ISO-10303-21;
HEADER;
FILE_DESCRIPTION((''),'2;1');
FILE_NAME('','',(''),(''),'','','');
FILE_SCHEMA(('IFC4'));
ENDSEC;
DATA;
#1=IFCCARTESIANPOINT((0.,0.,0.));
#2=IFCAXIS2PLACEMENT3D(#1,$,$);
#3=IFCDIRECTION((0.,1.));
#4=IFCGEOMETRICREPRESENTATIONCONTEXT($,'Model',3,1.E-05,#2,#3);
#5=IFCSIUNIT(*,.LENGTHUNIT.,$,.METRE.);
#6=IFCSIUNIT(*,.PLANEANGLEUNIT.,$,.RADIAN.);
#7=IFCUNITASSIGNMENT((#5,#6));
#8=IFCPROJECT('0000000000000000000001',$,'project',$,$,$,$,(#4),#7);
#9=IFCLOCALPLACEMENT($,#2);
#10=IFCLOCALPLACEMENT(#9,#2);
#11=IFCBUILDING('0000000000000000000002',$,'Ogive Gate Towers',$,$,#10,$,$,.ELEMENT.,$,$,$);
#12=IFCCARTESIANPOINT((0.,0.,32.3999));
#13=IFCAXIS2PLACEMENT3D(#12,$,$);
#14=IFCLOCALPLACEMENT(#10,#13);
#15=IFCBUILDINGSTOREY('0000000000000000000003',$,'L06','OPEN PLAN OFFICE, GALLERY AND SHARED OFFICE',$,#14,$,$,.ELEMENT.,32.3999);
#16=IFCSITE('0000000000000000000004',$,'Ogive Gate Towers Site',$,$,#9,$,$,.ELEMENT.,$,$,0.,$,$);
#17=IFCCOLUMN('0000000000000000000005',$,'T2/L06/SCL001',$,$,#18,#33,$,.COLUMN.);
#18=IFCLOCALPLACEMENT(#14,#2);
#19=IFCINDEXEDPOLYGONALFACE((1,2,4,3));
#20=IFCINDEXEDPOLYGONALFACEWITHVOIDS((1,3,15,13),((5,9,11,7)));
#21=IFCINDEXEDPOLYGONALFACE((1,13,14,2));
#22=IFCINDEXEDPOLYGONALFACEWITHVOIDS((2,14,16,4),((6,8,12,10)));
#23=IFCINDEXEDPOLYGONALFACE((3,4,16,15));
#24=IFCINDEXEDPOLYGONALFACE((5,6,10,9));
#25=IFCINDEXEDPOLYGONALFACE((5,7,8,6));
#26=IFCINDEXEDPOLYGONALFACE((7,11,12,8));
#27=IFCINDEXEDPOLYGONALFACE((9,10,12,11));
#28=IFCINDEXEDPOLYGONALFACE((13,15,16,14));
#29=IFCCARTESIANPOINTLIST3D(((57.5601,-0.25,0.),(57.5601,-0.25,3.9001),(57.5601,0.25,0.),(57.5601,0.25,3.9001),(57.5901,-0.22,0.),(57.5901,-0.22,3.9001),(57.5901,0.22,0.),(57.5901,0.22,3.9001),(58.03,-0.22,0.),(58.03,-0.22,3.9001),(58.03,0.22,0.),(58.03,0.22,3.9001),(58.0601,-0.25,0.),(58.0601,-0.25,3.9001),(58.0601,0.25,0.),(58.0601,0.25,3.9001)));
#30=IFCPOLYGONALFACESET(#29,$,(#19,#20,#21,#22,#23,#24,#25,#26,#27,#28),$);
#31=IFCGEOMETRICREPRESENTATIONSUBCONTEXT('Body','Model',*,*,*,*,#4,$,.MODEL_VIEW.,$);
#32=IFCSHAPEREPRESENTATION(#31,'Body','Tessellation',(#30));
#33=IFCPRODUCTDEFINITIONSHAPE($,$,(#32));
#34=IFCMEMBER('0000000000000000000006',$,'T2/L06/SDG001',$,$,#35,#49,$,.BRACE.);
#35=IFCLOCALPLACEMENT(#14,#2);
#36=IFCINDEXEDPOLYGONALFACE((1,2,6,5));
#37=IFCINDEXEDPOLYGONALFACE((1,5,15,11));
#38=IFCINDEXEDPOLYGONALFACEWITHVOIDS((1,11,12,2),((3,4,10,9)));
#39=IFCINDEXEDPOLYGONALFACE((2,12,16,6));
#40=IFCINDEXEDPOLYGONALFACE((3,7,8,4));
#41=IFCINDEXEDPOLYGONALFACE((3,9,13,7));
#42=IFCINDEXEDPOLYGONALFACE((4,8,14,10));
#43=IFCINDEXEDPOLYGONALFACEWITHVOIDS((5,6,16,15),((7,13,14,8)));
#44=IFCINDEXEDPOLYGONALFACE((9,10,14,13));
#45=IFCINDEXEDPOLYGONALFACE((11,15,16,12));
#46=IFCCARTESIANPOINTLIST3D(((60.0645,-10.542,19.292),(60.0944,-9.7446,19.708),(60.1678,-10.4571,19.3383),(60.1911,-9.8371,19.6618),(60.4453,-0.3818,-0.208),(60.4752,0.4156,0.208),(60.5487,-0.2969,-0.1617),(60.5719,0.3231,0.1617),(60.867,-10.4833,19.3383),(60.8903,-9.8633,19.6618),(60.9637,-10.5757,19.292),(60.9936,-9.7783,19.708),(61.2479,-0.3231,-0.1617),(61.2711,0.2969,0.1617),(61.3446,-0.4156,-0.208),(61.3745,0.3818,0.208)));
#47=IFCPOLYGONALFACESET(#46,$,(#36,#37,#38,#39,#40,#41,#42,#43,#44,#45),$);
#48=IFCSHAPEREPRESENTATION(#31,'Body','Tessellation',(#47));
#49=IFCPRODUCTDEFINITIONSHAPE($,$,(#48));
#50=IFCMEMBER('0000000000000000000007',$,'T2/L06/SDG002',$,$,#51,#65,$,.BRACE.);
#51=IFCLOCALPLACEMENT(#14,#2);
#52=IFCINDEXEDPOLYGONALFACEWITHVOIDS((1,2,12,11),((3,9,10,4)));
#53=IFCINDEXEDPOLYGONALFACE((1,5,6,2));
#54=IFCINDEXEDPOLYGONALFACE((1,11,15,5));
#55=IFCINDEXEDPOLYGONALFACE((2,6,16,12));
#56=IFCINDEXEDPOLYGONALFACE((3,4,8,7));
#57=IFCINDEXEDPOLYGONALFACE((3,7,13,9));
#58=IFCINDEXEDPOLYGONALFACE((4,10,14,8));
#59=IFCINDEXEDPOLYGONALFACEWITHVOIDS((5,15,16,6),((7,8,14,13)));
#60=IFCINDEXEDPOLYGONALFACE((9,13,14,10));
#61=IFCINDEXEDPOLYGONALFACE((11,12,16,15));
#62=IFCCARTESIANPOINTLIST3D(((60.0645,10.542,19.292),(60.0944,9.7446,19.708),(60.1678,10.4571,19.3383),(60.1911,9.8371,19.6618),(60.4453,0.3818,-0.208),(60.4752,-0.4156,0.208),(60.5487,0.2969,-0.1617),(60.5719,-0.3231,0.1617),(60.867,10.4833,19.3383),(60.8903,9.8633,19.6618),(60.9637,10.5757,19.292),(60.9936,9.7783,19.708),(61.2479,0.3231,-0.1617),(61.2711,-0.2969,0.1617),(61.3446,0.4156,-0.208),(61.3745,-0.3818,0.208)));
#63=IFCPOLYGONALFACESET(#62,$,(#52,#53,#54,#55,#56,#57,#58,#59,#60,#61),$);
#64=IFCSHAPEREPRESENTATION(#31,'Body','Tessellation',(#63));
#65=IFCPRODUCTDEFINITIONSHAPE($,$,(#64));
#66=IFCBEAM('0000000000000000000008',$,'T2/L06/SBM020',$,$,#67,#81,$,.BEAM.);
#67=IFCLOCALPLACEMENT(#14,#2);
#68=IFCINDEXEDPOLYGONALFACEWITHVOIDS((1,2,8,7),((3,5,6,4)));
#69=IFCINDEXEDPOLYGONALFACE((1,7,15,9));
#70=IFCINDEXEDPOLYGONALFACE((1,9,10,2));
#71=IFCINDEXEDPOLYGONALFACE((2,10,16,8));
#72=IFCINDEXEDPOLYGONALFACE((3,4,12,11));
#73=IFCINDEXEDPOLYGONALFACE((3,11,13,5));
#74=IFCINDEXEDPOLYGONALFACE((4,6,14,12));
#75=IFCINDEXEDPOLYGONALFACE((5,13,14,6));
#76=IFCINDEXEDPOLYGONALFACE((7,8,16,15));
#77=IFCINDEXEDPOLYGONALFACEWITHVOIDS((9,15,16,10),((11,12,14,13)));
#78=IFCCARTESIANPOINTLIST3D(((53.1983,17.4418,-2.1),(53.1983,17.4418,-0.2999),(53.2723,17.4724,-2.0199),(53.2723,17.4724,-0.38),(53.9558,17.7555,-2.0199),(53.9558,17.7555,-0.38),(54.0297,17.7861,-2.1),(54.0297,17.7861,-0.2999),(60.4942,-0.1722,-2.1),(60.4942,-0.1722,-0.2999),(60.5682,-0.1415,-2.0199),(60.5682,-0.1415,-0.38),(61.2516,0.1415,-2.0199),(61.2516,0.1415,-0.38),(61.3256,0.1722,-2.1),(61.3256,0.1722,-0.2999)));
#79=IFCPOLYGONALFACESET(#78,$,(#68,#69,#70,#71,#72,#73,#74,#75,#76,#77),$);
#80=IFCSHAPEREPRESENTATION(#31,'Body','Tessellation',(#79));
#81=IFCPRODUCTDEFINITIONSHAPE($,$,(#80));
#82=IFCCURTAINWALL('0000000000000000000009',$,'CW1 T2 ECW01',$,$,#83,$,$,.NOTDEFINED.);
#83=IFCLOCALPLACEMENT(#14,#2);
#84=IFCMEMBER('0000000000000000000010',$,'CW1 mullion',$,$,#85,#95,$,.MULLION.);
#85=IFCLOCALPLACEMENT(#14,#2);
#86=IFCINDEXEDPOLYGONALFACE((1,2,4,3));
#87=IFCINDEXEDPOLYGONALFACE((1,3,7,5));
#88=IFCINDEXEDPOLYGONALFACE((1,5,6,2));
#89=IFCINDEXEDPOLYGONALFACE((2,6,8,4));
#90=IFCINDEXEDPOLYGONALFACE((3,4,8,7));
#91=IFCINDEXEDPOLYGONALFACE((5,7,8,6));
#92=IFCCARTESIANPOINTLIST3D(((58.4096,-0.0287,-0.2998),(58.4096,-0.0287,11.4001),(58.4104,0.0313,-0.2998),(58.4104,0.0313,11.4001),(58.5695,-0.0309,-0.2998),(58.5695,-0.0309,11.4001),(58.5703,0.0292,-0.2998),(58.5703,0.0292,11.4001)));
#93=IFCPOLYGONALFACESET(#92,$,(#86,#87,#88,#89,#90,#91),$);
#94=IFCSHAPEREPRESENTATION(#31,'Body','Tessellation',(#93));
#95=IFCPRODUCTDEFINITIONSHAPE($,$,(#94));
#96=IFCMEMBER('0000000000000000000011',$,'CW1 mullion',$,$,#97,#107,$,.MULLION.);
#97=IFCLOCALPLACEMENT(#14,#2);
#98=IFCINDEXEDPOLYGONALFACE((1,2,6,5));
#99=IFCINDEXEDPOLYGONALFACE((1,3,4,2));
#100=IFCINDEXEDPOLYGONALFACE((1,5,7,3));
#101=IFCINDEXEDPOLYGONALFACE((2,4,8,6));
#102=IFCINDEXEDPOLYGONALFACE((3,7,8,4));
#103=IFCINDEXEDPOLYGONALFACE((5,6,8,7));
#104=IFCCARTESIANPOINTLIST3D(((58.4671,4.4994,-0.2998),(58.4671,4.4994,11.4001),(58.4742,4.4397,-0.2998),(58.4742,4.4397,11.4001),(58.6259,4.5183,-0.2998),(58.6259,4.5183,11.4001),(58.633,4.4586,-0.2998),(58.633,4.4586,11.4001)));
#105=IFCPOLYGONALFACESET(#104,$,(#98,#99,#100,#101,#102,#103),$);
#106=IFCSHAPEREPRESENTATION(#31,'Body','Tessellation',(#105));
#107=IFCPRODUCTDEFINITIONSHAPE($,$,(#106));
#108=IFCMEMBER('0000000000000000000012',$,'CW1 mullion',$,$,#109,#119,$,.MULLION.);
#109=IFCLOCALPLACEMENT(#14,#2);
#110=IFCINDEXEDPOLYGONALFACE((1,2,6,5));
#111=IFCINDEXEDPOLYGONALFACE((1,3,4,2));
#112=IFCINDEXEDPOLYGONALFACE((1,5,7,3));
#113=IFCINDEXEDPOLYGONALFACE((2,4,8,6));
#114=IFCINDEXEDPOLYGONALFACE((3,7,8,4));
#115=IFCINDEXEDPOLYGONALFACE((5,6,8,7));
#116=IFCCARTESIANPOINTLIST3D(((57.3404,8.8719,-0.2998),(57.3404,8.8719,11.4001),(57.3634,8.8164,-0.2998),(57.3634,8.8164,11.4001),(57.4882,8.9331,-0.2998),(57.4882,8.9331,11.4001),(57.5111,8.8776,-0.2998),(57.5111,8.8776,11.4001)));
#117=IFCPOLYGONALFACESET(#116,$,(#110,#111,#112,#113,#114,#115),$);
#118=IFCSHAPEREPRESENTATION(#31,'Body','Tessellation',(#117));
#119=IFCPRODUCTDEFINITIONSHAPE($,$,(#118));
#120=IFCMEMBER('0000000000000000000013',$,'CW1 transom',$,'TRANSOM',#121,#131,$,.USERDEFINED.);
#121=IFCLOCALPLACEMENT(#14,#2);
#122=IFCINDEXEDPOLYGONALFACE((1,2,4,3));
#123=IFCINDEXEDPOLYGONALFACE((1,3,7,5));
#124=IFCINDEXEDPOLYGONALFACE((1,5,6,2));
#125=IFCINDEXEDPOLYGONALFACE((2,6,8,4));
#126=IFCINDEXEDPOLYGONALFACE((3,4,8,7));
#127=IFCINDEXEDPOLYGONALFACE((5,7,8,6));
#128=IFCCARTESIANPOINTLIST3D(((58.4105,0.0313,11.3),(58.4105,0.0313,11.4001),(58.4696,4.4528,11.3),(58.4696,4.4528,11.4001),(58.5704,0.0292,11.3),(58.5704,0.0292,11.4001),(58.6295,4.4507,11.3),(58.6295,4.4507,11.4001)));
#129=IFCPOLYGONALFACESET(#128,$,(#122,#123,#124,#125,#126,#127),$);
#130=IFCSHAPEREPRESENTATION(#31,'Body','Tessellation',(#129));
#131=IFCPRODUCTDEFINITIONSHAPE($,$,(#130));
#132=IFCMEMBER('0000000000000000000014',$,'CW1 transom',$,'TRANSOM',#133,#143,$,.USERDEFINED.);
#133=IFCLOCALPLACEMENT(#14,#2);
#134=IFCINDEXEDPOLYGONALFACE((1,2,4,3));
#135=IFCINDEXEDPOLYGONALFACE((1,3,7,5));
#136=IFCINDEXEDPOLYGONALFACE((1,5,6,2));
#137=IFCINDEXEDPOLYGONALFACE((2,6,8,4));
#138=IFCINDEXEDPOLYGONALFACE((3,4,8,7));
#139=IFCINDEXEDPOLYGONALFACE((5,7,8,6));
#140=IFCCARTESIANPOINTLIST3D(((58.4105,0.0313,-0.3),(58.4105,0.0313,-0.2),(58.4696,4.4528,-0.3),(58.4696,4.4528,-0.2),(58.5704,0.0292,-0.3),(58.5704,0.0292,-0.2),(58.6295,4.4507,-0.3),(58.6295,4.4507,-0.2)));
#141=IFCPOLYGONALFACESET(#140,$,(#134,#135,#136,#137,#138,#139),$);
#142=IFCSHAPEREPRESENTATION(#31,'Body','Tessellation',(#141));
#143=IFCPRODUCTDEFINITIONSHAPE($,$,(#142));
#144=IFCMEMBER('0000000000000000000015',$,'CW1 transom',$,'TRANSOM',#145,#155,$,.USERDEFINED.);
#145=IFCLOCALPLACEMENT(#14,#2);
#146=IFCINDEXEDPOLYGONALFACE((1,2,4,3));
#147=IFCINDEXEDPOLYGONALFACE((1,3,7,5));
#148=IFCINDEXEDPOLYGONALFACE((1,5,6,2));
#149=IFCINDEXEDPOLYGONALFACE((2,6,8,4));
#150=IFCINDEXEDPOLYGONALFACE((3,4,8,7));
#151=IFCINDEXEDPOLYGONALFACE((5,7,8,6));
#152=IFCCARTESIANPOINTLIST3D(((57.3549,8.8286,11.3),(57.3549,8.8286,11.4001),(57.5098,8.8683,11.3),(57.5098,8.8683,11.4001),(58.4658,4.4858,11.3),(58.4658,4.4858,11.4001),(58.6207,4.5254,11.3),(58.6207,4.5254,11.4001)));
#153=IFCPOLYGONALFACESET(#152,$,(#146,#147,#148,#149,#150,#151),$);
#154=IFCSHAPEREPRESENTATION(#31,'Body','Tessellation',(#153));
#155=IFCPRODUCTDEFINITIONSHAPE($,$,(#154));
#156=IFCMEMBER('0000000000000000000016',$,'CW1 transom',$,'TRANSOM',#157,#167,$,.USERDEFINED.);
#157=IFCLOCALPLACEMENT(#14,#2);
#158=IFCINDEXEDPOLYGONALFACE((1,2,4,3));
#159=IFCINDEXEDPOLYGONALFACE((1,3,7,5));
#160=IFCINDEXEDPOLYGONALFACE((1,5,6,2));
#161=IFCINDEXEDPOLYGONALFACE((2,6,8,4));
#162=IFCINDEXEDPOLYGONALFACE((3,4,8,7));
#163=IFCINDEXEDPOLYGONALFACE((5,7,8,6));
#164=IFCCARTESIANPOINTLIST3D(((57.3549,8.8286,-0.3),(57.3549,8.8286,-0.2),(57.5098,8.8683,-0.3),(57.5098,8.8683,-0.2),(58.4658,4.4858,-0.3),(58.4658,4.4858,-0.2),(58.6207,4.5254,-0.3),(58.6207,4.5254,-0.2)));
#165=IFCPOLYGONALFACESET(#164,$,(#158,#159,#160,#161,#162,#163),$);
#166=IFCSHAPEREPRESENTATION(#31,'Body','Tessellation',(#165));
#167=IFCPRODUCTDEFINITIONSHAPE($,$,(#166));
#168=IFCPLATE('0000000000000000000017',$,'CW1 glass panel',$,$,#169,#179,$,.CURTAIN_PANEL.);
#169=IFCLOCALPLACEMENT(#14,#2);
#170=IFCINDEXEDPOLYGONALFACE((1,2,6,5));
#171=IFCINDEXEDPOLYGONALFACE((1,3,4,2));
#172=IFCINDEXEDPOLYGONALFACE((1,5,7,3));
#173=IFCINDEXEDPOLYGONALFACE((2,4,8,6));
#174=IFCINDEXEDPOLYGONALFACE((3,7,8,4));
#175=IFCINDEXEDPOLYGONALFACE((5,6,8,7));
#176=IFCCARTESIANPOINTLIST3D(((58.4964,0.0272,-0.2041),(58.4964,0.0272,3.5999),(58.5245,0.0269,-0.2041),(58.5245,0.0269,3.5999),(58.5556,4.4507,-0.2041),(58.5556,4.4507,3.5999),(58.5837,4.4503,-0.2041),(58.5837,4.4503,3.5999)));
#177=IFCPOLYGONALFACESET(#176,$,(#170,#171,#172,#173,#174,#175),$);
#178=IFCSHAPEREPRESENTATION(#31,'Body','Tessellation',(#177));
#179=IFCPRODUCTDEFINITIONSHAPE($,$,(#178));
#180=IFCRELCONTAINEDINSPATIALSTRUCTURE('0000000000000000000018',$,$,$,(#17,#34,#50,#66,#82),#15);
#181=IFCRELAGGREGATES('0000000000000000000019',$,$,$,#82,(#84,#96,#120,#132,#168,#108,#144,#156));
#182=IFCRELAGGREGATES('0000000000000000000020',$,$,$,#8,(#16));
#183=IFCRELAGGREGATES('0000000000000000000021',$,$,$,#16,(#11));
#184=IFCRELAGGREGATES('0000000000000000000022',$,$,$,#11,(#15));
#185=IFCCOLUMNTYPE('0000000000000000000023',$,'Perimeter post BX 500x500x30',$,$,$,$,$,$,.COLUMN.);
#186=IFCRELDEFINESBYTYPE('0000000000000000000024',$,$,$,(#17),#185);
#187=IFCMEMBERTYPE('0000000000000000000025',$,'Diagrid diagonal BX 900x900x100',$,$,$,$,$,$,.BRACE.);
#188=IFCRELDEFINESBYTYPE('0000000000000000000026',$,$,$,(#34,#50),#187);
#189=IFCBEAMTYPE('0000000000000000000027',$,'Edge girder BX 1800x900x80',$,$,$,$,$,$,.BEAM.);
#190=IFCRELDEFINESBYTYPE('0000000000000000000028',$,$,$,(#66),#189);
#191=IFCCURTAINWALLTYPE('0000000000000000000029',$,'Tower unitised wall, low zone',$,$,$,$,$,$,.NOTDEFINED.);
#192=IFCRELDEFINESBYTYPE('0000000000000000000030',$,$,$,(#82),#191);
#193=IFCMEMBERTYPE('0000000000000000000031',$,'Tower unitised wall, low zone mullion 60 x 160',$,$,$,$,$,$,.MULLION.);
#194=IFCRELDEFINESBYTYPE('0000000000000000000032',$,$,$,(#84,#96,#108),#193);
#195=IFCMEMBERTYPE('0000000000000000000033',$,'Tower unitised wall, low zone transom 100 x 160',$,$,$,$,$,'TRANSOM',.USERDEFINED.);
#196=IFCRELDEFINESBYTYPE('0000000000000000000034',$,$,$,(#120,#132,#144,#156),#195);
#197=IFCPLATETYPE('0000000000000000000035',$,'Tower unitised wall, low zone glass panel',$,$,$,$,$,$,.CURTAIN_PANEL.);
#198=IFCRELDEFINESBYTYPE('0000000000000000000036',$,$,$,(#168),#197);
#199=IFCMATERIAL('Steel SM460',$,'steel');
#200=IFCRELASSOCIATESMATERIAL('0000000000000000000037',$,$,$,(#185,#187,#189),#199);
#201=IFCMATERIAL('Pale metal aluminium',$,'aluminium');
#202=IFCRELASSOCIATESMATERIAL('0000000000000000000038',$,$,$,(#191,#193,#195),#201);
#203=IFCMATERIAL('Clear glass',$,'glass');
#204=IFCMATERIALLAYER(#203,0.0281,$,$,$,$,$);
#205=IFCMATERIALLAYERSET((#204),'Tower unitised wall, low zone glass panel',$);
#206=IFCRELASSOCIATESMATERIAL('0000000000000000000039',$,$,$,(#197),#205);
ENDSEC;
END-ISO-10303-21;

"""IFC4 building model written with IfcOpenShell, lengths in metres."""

from ifc_helpers import new_model, si_unit, direction, frame, origin, origin_2d, place, context, subcontext, project, spatial, rectangle, hollow_rectangle, extrude, material, layer, layer_set, material_profile, profile_set, type_object, element, aggregate, save


model = new_model("IFC4")

# Units and contexts
model_context = context("Model", 3, precision=1e-05, world=origin(), true_north=direction((0.0, 1.0)))
body_context = subcontext(model_context, "Body", "Model", "MODEL_VIEW")
ifc_project = project(units=[si_unit("LENGTHUNIT", "METRE"), si_unit("PLANEANGLEUNIT", "RADIAN")], contexts=[model_context])

# Site, building, storey
site_placement = place(None, origin())
site = spatial("IfcSite", under=ifc_project, at=site_placement, Name="Ogive Gate Towers Site", CompositionType="ELEMENT", RefElevation=0.0)
building_placement = place(site_placement, origin())
building = spatial("IfcBuilding", under=site, at=building_placement, Name="Ogive Gate Towers", CompositionType="ELEMENT")
storey_placement = place(building_placement, frame((0.0, 0.0, 32.3999)))
storey = spatial("IfcBuildingStorey", under=building, at=storey_placement, Name="L06", Description="OPEN PLAN OFFICE, GALLERY AND SHARED OFFICE", CompositionType="ELEMENT", Elevation=32.3999)

# Column
ifc_material_1 = material(Name="Steel SM460", Category="steel")
ifc_material_profile_1 = material_profile(ifc_material_1, hollow_rectangle(XDim=0.5, YDim=0.5, WallThickness=0.03, at=origin_2d()), Name="BX 500x500x30")
ifc_profile_set_1 = profile_set([ifc_material_profile_1], Name="Steel SM460")
column_type = type_object("IfcColumnType", Name="Perimeter post BX 500x500x30", PredefinedType="COLUMN", material=ifc_profile_set_1)
column_placement = place(storey_placement, frame((57.8101, 0.0, 0.0), z_axis=(0.0, 0.0, 1.0), x_axis=(1.0, 0.0, 0.0)))
element("IfcColumn", 1, at=column_placement, inside=storey, type_object=column_type, Name="T2/L06/SCL001", PredefinedType="COLUMN", context=body_context, shape_type="SweptSolid", body=[
    extrude(hollow_rectangle(XDim=0.5, YDim=0.5, WallThickness=0.03, at=origin_2d()), origin(), (0.0, 0.0, 1.0), 3.9001),
])

# Members
ifc_material_profile_2 = material_profile(ifc_material_1, hollow_rectangle(XDim=0.8999, YDim=0.8999, WallThickness=0.1001, at=origin_2d()), Name="BX 900x900x100")
ifc_profile_set_2 = profile_set([ifc_material_profile_2], Name="Steel SM460")
member_type_1 = type_object("IfcMemberType", Name="Diagrid diagonal BX 900x900x100", PredefinedType="BRACE", material=ifc_profile_set_2)
for number, where, z_axis, x_axis, name in (
    (2, (60.9099, 0.0, 0.0), (-0.017319, -0.462005, 0.886708), (0.999298, -0.037459, 0.0), "T2/L06/SDG001"),
    (3, (60.9099, 0.0, 0.0), (-0.017319, 0.462005, 0.886708), (-0.999298, -0.037459, 0.0), "T2/L06/SDG002"),
):
    element("IfcMember", number, at=place(storey_placement, frame(where, z_axis=z_axis, x_axis=x_axis)), inside=storey, type_object=member_type_1, Name=name, PredefinedType="BRACE", context=body_context, shape_type="SweptSolid", body=[
        extrude(hollow_rectangle(XDim=0.8999, YDim=0.8999, WallThickness=0.1001, at=origin_2d()), origin(), (0.0, 0.0, 1.0), 21.9915),
    ])

# Beam
ifc_material_profile_3 = material_profile(ifc_material_1, hollow_rectangle(XDim=0.8999, YDim=1.8, WallThickness=0.0801, at=origin_2d()), Name="BX 1800x900x80")
ifc_profile_set_3 = profile_set([ifc_material_profile_3], Name="Steel SM460")
beam_type = type_object("IfcBeamType", Name="Edge girder BX 1800x900x80", PredefinedType="BEAM", material=ifc_profile_set_3)
beam_placement = place(storey_placement, frame((60.9099, 0.0, -1.2), z_axis=(-0.382681, 0.923881, 0.0), x_axis=(-0.923881, -0.382681, 0.0)))
element("IfcBeam", 4, at=beam_placement, inside=storey, type_object=beam_type, Name="T2/L06/SBM020", PredefinedType="BEAM", context=body_context, shape_type="SweptSolid", body=[
    extrude(hollow_rectangle(XDim=0.8999, YDim=1.8, WallThickness=0.0801, at=origin_2d()), origin(), (0.0, 0.0, 1.0), 19.0652),
])

# Curtain wall, members, plate
ifc_material_2 = material(Name="Pale metal aluminium", Category="aluminium")
curtain_wall_type = type_object("IfcCurtainWallType", Name="Tower unitised wall, low zone", PredefinedType="NOTDEFINED", material=ifc_material_2)
curtain_wall_placement = place(storey_placement, origin())
curtain_wall = element("IfcCurtainWall", 5, at=curtain_wall_placement, inside=storey, type_object=curtain_wall_type, Name="CW1 T2 ECW01", PredefinedType="NOTDEFINED")
ifc_material_profile_4 = material_profile(ifc_material_2, rectangle(XDim=0.1599, YDim=0.0601, at=origin_2d()), Name="60 x 160 aluminium box")
ifc_profile_set_4 = profile_set([ifc_material_profile_4], Name="Pale metal aluminium")
member_type_2 = type_object("IfcMemberType", Name="Tower unitised wall, low zone mullion 60 x 160", PredefinedType="MULLION", material=ifc_profile_set_4)
member_1_placement = place(storey_placement, frame((58.49, 0.0002, -0.2998), z_axis=(0.0, 0.0, 1.0), x_axis=(0.99991, -0.013386, 0.0)))
member_1 = element("IfcMember", 6, at=member_1_placement, type_object=member_type_2, Name="CW1 mullion", PredefinedType="MULLION", context=body_context, shape_type="SweptSolid", body=[
    extrude(rectangle(XDim=0.1599, YDim=0.0601, at=origin_2d()), origin(), (0.0, 0.0, 1.0), 11.7),
])
member_2_placement = place(storey_placement, frame((58.55, 4.479, -0.2998), z_axis=(0.0, 0.0, 1.0), x_axis=(0.992984, 0.118248, 0.0)))
member_2 = element("IfcMember", 7, at=member_2_placement, type_object=member_type_2, Name="CW1 mullion", PredefinedType="MULLION", context=body_context, shape_type="SweptSolid", body=[
    extrude(rectangle(XDim=0.1599, YDim=0.0601, at=origin_2d()), origin(), (0.0, 0.0, 1.0), 11.7),
])
member_3_placement = place(storey_placement, frame((57.4258, 8.8748, -0.2998), z_axis=(0.0, 0.0, 1.0), x_axis=(0.92388, 0.382683, 0.0)))
member_3 = element("IfcMember", 8, at=member_3_placement, type_object=member_type_2, Name="CW1 mullion", PredefinedType="MULLION", context=body_context, shape_type="SweptSolid", body=[
    extrude(rectangle(XDim=0.1599, YDim=0.0601, at=origin_2d()), origin(), (0.0, 0.0, 1.0), 11.7),
])
ifc_material_profile_5 = material_profile(ifc_material_2, rectangle(XDim=0.1599, YDim=0.1001, at=origin_2d()), Name="100 x 160 aluminium box")
ifc_profile_set_5 = profile_set([ifc_material_profile_5], Name="Pale metal aluminium")
member_type_3 = type_object("IfcMemberType", Name="Tower unitised wall, low zone transom 100 x 160", ElementType="TRANSOM", PredefinedType="USERDEFINED", material=ifc_profile_set_5)
member_4_placement = place(storey_placement, frame((58.4905, 0.0303, 11.3501), z_axis=(0.013362, 0.999911, 0.0), x_axis=(-0.999911, 0.013362, 0.0)))
member_4 = element("IfcMember", 9, at=member_4_placement, type_object=member_type_3, Name="CW1 transom", ObjectType="TRANSOM", PredefinedType="USERDEFINED", context=body_context, shape_type="SweptSolid", body=[
    extrude(rectangle(XDim=0.1599, YDim=0.1001, at=origin_2d()), origin(), (0.0, 0.0, 1.0), 4.4219),
])
member_5_placement = place(storey_placement, frame((58.4905, 0.0303, -0.25), z_axis=(0.013362, 0.999911, 0.0), x_axis=(-0.999911, 0.013362, 0.0)))
member_5 = element("IfcMember", 10, at=member_5_placement, type_object=member_type_3, Name="CW1 transom", ObjectType="TRANSOM", PredefinedType="USERDEFINED", context=body_context, shape_type="SweptSolid", body=[
    extrude(rectangle(XDim=0.1599, YDim=0.1001, at=origin_2d()), origin(), (0.0, 0.0, 1.0), 4.4219),
])
member_6_placement = place(storey_placement, frame((58.5432, 4.5056, 11.3501), z_axis=(-0.247812, 0.968808, 0.0), x_axis=(-0.968808, -0.247812, 0.0)))
member_6 = element("IfcMember", 11, at=member_6_placement, type_object=member_type_3, Name="CW1 transom", ObjectType="TRANSOM", PredefinedType="USERDEFINED", context=body_context, shape_type="SweptSolid", body=[
    extrude(rectangle(XDim=0.1599, YDim=0.1001, at=origin_2d()), origin(), (0.0, 0.0, 1.0), 4.4827),
])
member_7_placement = place(storey_placement, frame((58.5432, 4.5056, -0.25), z_axis=(-0.247812, 0.968808, 0.0), x_axis=(-0.968808, -0.247812, 0.0)))
member_7 = element("IfcMember", 12, at=member_7_placement, type_object=member_type_3, Name="CW1 transom", ObjectType="TRANSOM", PredefinedType="USERDEFINED", context=body_context, shape_type="SweptSolid", body=[
    extrude(rectangle(XDim=0.1599, YDim=0.1001, at=origin_2d()), origin(), (0.0, 0.0, 1.0), 4.4827),
])
ifc_material_3 = material(Name="Clear glass", Category="glass")
ifc_layer_1 = layer(ifc_material_3, 0.0281)
ifc_layer_set_1 = layer_set([ifc_layer_1], Name="Tower unitised wall, low zone glass panel")
plate_type = type_object("IfcPlateType", Name="Tower unitised wall, low zone glass panel", PredefinedType="CURTAIN_PANEL", material=ifc_layer_set_1)
plate_1_placement = place(storey_placement, frame((58.54, 2.2388, -0.2041), z_axis=(0.0, 0.0, 1.0), x_axis=(0.013386, 0.99991, 0.0)))
plate_1 = element("IfcPlate", 13, at=plate_1_placement, type_object=plate_type, Name="CW1 glass panel", PredefinedType="CURTAIN_PANEL", context=body_context, shape_type="SweptSolid", body=[
    extrude(rectangle(XDim=4.4238, YDim=0.0281, at=origin_2d()), origin(), (0.0, 0.0, 1.0), 3.804),
])
aggregate(curtain_wall, [member_1, member_2, member_4, member_5, plate_1, member_3, member_6, member_7])

save(model, "model.ifc")
